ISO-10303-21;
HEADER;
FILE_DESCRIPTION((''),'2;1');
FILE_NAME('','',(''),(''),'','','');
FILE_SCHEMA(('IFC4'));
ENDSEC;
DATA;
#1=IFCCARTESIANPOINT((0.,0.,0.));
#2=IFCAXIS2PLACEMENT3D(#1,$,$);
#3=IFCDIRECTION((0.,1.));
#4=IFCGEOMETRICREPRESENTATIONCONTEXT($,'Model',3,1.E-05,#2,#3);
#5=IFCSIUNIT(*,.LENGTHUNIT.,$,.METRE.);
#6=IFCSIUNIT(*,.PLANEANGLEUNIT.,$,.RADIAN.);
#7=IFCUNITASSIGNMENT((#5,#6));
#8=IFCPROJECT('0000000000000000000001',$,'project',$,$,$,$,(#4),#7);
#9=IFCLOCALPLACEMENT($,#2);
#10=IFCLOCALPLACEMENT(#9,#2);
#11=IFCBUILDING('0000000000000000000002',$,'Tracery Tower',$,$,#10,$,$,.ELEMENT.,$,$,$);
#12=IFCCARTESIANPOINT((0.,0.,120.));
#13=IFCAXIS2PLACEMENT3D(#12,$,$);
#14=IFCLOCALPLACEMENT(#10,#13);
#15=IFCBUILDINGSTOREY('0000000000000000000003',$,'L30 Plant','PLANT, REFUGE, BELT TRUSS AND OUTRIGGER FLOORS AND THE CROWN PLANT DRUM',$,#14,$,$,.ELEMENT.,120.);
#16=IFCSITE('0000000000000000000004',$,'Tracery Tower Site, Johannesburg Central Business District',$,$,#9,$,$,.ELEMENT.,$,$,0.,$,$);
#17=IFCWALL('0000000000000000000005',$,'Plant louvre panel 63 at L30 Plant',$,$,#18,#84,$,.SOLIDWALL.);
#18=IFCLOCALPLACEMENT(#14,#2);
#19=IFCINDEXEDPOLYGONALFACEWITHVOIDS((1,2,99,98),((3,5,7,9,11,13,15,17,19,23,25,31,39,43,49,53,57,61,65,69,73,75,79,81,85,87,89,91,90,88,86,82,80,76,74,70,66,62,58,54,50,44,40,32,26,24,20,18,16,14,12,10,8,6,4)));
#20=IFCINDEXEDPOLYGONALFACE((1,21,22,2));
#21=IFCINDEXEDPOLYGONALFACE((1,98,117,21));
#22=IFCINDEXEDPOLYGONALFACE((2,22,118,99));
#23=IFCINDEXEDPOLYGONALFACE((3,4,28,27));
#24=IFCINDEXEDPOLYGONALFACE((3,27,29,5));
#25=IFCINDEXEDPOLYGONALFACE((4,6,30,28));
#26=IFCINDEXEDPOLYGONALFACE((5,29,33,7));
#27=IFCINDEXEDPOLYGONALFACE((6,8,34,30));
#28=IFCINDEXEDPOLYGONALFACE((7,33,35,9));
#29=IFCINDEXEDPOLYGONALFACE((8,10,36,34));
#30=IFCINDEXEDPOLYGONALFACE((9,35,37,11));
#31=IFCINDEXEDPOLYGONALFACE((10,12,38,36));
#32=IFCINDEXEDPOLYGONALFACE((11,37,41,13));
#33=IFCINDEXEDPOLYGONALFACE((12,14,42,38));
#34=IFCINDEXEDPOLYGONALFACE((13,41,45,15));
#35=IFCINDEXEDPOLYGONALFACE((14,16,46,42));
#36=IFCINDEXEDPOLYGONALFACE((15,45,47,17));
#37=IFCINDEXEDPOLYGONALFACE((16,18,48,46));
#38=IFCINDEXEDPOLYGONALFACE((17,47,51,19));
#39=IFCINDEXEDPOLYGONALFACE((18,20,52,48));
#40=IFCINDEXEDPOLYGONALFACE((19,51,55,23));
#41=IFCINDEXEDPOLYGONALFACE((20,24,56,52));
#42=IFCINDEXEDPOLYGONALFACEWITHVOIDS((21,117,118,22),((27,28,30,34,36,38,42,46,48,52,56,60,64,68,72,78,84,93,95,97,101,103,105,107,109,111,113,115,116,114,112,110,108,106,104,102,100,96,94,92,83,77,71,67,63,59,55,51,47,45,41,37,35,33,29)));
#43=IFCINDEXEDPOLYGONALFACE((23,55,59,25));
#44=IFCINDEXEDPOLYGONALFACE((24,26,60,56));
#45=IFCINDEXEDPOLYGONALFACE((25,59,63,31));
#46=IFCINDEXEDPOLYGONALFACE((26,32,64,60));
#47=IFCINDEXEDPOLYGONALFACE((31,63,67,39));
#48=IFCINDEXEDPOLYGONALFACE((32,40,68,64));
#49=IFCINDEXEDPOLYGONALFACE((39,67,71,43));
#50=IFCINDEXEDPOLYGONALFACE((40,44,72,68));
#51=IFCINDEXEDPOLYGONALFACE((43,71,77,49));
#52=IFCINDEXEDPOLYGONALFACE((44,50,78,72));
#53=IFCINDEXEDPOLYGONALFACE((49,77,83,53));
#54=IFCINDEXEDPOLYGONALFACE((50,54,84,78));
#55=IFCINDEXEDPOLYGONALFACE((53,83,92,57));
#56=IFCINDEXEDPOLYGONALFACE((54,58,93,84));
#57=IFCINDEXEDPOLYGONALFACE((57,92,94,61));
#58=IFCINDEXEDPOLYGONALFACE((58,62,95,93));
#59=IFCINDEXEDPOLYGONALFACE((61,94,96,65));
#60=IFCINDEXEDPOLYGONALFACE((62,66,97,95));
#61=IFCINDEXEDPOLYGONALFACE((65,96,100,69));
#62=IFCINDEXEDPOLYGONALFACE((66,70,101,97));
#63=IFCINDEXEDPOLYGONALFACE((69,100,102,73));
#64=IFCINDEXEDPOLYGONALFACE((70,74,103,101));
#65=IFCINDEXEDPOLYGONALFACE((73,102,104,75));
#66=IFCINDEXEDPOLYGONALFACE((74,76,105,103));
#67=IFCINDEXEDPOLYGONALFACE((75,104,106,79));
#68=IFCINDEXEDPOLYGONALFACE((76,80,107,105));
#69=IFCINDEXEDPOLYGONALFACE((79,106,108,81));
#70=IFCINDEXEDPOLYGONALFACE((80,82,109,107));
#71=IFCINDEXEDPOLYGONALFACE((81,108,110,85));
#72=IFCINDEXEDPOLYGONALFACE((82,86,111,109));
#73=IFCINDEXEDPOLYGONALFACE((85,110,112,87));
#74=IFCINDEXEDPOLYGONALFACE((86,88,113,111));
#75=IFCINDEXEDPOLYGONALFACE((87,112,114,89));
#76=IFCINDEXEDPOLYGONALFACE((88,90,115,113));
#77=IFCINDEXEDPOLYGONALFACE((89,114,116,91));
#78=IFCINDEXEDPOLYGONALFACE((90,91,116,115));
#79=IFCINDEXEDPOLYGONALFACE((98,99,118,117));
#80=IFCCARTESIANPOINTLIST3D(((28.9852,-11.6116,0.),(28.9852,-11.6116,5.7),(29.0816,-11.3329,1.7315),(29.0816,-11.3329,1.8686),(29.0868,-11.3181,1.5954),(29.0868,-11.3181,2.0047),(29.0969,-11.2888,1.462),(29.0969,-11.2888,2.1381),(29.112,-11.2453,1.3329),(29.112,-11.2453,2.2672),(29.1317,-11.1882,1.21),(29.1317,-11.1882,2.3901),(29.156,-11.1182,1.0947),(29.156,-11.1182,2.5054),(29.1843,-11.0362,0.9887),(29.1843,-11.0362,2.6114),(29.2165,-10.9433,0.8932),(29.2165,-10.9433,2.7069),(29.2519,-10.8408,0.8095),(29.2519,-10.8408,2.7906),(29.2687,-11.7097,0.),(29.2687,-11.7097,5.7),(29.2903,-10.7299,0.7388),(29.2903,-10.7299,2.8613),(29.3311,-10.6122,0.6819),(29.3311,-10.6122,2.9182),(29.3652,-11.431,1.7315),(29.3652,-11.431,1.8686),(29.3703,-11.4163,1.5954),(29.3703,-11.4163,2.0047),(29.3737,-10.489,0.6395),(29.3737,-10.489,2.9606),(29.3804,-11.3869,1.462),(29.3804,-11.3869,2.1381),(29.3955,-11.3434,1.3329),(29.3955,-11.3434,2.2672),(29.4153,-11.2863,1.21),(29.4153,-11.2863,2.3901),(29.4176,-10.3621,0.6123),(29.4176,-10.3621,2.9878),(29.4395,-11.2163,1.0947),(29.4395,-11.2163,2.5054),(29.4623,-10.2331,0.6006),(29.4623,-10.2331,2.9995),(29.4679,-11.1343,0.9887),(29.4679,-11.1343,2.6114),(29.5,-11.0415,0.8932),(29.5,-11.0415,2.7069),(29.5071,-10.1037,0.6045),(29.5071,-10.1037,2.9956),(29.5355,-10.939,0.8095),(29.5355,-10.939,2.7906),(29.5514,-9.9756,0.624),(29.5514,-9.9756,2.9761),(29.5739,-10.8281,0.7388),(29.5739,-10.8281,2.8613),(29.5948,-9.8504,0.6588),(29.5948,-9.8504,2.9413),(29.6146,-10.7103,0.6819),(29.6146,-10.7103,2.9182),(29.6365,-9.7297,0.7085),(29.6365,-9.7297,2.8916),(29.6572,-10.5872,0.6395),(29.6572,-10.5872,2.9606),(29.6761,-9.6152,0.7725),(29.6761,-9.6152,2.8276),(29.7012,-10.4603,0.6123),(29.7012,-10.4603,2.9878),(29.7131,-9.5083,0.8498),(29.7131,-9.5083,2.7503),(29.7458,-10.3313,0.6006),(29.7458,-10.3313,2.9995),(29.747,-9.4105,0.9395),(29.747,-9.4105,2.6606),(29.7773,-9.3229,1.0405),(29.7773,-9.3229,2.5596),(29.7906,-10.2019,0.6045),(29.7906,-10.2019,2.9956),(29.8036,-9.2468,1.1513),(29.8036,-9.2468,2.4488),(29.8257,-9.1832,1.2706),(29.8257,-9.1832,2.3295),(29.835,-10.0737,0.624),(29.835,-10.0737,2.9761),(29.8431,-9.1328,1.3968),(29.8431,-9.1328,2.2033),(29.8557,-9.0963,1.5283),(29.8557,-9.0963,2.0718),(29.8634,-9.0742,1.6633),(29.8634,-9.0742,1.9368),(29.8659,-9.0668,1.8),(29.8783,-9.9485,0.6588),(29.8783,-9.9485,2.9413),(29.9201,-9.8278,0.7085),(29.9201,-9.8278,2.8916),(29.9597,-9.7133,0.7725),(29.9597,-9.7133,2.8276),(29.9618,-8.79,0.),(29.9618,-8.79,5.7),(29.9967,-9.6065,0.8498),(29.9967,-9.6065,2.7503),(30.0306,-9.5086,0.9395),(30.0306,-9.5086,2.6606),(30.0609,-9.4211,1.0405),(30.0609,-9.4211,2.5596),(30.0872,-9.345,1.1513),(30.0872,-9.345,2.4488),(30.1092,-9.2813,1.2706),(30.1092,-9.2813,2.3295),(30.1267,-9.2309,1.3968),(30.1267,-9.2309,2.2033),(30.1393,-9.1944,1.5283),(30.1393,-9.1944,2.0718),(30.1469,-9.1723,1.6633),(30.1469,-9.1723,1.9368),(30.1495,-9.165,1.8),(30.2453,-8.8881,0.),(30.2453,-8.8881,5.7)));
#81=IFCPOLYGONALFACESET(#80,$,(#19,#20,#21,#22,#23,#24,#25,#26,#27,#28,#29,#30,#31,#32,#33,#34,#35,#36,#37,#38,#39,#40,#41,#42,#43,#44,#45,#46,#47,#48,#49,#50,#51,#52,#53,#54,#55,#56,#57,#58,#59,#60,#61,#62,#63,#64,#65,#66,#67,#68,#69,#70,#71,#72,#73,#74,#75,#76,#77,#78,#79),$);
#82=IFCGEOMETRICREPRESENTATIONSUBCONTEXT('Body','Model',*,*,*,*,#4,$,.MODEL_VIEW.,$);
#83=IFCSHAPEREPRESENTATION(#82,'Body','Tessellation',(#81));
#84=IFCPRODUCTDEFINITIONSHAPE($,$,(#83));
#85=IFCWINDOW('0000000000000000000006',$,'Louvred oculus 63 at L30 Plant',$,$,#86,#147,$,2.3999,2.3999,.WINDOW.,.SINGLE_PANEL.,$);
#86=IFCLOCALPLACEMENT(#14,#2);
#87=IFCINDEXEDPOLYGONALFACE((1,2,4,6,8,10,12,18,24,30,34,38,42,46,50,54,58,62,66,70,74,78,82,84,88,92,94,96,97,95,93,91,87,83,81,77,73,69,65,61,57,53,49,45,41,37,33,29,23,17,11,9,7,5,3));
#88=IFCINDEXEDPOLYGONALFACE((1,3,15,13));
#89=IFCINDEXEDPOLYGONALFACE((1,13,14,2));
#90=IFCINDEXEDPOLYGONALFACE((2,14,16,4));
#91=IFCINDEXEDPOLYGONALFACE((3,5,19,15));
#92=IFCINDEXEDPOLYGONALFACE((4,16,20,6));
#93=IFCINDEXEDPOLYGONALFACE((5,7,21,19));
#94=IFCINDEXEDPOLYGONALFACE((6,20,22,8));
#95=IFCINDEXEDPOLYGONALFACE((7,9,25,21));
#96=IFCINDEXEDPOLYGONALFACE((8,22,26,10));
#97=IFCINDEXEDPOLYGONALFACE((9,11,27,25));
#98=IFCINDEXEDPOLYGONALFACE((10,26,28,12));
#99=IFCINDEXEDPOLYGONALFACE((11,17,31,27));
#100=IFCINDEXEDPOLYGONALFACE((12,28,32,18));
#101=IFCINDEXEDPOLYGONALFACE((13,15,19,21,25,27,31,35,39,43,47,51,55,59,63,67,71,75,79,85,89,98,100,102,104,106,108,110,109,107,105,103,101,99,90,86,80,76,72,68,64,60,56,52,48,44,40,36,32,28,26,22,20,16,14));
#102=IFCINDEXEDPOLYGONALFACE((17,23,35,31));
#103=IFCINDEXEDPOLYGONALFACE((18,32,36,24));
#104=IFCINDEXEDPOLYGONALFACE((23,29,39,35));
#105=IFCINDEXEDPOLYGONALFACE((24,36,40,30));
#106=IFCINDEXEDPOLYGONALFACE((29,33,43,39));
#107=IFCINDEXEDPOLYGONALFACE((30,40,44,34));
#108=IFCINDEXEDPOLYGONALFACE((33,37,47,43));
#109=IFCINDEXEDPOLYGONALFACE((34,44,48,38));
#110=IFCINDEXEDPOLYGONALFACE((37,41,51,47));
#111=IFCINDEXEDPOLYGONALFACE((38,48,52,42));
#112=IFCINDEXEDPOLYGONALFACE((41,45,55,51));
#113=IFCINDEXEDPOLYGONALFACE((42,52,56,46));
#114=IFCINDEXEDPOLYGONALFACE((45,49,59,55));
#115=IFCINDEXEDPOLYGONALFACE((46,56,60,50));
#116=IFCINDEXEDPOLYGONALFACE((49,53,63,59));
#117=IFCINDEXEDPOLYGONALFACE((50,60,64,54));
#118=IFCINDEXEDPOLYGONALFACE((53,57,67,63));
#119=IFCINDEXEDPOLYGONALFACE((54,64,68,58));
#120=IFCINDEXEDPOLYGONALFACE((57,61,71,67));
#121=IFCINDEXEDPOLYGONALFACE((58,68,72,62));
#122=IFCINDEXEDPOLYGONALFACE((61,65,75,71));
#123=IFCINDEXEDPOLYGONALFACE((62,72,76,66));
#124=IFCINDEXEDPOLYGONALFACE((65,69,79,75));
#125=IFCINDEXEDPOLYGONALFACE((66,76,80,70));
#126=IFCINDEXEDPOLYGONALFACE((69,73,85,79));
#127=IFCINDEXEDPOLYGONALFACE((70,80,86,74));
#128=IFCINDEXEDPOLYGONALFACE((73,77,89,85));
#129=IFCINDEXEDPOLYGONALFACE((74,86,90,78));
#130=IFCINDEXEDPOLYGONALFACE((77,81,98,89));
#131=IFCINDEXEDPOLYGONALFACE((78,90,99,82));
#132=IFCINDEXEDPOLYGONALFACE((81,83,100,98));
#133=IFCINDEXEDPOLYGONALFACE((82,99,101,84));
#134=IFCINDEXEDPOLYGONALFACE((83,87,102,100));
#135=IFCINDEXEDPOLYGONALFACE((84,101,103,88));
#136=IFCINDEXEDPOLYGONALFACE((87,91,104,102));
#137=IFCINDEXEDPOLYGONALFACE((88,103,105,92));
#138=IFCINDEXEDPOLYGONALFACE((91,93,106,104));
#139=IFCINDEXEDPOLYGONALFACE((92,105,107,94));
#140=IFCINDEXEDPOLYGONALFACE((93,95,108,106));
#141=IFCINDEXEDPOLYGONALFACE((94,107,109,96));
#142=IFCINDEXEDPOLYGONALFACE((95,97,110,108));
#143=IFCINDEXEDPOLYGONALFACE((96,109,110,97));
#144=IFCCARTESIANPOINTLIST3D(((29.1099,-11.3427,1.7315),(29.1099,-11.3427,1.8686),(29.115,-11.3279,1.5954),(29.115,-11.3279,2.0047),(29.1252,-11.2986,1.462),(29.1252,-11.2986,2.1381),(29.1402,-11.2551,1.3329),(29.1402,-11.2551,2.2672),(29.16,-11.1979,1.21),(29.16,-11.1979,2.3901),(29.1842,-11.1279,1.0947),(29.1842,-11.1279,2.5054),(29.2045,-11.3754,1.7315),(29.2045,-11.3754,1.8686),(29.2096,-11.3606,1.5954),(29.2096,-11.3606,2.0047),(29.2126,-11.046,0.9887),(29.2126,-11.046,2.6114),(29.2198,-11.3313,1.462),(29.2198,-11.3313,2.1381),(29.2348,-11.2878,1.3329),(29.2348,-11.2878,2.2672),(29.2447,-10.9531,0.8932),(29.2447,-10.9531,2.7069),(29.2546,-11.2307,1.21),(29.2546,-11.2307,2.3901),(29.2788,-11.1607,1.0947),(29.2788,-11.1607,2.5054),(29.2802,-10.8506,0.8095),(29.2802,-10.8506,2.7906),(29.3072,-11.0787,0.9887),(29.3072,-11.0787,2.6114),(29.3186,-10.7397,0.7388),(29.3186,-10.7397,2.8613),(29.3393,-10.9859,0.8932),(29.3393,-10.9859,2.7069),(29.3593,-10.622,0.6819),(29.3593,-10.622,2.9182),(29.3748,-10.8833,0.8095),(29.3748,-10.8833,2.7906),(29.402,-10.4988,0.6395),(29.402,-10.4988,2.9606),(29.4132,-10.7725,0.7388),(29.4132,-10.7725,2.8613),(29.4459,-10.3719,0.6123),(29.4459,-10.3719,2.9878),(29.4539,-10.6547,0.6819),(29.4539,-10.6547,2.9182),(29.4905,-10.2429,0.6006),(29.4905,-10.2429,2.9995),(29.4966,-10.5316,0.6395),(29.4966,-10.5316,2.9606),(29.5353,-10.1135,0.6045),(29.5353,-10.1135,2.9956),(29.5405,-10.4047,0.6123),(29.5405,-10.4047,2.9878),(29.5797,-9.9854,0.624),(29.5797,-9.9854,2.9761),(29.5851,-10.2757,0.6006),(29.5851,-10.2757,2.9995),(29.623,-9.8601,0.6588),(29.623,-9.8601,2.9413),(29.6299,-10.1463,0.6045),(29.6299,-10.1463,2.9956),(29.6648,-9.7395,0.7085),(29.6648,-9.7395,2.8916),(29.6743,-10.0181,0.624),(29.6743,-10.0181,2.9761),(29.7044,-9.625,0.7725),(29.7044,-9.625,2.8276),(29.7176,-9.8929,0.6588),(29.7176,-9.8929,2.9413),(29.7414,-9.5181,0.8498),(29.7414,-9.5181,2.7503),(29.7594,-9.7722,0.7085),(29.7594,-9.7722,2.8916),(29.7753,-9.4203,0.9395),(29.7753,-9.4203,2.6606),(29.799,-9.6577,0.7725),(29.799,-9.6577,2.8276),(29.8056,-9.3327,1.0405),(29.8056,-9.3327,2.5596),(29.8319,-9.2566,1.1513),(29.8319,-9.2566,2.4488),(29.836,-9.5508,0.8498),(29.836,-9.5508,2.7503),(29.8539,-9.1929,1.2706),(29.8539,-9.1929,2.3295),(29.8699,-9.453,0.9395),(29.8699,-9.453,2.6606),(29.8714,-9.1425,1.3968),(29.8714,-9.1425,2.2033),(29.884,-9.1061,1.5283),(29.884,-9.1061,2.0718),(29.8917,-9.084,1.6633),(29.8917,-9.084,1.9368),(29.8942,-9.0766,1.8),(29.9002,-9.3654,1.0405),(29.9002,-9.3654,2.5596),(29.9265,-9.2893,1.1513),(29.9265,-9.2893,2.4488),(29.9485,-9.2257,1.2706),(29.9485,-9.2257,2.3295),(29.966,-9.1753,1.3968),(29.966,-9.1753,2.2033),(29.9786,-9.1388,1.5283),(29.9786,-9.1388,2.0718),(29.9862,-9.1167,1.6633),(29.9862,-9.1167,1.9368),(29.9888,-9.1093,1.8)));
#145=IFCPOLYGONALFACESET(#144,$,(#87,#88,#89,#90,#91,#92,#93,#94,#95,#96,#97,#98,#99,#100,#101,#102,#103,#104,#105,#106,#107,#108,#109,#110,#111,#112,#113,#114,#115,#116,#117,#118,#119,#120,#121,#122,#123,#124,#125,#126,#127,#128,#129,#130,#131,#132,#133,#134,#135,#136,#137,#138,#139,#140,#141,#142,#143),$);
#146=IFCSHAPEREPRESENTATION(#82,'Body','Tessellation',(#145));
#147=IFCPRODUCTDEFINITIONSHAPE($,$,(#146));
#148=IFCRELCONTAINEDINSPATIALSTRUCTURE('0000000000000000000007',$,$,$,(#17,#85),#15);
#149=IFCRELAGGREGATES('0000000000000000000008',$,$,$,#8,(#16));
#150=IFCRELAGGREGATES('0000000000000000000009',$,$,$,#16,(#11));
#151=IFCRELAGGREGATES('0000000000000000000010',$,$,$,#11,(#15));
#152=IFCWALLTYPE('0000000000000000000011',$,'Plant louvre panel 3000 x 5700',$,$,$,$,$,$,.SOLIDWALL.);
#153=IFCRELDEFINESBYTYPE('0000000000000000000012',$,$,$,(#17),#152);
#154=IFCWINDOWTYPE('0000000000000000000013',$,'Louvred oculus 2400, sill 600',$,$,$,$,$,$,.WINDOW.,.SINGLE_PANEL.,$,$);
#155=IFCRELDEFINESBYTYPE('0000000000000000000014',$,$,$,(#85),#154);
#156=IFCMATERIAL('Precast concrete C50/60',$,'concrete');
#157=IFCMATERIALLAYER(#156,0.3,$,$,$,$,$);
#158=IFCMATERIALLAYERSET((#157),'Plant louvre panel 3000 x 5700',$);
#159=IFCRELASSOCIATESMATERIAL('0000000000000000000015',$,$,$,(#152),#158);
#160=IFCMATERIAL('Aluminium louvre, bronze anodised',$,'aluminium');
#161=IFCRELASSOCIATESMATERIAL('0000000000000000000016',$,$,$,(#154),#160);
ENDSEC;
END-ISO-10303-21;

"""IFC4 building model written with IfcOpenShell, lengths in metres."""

from ifc_helpers import new_model, si_unit, direction, frame, frame_2d, origin, origin_2d, place, context, subcontext, project, spatial, rectangle, circle, extrude, material, layer, layer_set, type_object, element, fill, save


model = new_model("IFC4")

# Units and contexts
model_context = context("Model", 3, precision=1e-05, world=origin(), true_north=direction((0.0, 1.0)))
body_context = subcontext(model_context, "Body", "Model", "MODEL_VIEW")
ifc_project = project(units=[si_unit("LENGTHUNIT", "METRE"), si_unit("PLANEANGLEUNIT", "RADIAN")], contexts=[model_context])

# Site, building, storey
site_placement = place(None, origin())
site = spatial("IfcSite", under=ifc_project, at=site_placement, Name="Tracery Tower Site, Johannesburg Central Business District", CompositionType="ELEMENT", RefElevation=0.0)
building_placement = place(site_placement, origin())
building = spatial("IfcBuilding", under=site, at=building_placement, Name="Tracery Tower", CompositionType="ELEMENT")
storey_placement = place(building_placement, frame((0.0, 0.0, 120.0)))
storey = spatial("IfcBuildingStorey", under=building, at=storey_placement, Name="L30 Plant", Description="PLANT, REFUGE, BELT TRUSS AND OUTRIGGER FLOORS AND THE CROWN PLANT DRUM", CompositionType="ELEMENT", Elevation=120.0)

# Wall, opening, window
ifc_material_1 = material(Name="Precast concrete C50/60", Category="concrete")
ifc_layer_1 = layer(ifc_material_1, 0.3)
ifc_layer_set_1 = layer_set([ifc_layer_1], Name="Plant louvre panel 3000 x 5700")
wall_type_1 = type_object("IfcWallType", Name="Plant louvre panel 3000 x 5700", PredefinedType="SOLIDWALL", material=ifc_layer_set_1)
ifc_material_2 = material(Name="Aluminium louvre, bronze anodised", Category="aluminium")
window_type = type_object("IfcWindowType", Name="Louvred oculus 2400, sill 600", PartitioningType="SINGLE_PANEL", PredefinedType="WINDOW", material=ifc_material_2)
wall_1_placement = place(storey_placement, frame((29.127, -11.6606, 0.0), z_axis=(0.0, 0.0, 1.0), x_axis=(0.327074, 0.944999, 0.0)))
wall_1 = element("IfcWall", 1, at=wall_1_placement, inside=storey, type_object=wall_type_1, Name="Plant louvre panel 63 at L30 Plant", PredefinedType="SOLIDWALL", context=body_context, shape_type="SweptSolid", body=[
    extrude(rectangle(XDim=2.9858, YDim=0.3, at=frame_2d((1.4929, 0.0))), origin(), (0.0, 0.0, 1.0), 5.7),
])
opening_1_placement = place(wall_1_placement, frame((1.4929, 0.0, 1.8)))
opening_1 = element("IfcOpeningElement", 2, at=opening_1_placement, cuts=wall_1, PredefinedType="OPENING", context=body_context, shape_type="SweptSolid", body=[
    extrude(circle(Radius=1.2, at=origin_2d()), frame((0.0, 0.1599, 0.0), z_axis=(0.0, -1.0, 0.0), x_axis=(1.0, 0.0, 0.0)), (0.0, 0.0, 1.0), 0.3201),
])
window_1_placement = place(opening_1_placement, origin())
window_1 = element("IfcWindow", 3, at=window_1_placement, inside=storey, type_object=window_type, Name="Louvred oculus 63 at L30 Plant", OverallHeight=2.3999, OverallWidth=2.3999, PartitioningType="SINGLE_PANEL", PredefinedType="WINDOW", context=body_context, shape_type="SweptSolid", body=[
    extrude(circle(Radius=1.2, at=origin_2d()), frame((0.0, 0.1201, 0.0), z_axis=(0.0, -1.0, 0.0), x_axis=(1.0, 0.0, 0.0)), (0.0, 0.0, 1.0), 0.1001),
])
fill(opening_1, window_1)

save(model, "model.ifc")
